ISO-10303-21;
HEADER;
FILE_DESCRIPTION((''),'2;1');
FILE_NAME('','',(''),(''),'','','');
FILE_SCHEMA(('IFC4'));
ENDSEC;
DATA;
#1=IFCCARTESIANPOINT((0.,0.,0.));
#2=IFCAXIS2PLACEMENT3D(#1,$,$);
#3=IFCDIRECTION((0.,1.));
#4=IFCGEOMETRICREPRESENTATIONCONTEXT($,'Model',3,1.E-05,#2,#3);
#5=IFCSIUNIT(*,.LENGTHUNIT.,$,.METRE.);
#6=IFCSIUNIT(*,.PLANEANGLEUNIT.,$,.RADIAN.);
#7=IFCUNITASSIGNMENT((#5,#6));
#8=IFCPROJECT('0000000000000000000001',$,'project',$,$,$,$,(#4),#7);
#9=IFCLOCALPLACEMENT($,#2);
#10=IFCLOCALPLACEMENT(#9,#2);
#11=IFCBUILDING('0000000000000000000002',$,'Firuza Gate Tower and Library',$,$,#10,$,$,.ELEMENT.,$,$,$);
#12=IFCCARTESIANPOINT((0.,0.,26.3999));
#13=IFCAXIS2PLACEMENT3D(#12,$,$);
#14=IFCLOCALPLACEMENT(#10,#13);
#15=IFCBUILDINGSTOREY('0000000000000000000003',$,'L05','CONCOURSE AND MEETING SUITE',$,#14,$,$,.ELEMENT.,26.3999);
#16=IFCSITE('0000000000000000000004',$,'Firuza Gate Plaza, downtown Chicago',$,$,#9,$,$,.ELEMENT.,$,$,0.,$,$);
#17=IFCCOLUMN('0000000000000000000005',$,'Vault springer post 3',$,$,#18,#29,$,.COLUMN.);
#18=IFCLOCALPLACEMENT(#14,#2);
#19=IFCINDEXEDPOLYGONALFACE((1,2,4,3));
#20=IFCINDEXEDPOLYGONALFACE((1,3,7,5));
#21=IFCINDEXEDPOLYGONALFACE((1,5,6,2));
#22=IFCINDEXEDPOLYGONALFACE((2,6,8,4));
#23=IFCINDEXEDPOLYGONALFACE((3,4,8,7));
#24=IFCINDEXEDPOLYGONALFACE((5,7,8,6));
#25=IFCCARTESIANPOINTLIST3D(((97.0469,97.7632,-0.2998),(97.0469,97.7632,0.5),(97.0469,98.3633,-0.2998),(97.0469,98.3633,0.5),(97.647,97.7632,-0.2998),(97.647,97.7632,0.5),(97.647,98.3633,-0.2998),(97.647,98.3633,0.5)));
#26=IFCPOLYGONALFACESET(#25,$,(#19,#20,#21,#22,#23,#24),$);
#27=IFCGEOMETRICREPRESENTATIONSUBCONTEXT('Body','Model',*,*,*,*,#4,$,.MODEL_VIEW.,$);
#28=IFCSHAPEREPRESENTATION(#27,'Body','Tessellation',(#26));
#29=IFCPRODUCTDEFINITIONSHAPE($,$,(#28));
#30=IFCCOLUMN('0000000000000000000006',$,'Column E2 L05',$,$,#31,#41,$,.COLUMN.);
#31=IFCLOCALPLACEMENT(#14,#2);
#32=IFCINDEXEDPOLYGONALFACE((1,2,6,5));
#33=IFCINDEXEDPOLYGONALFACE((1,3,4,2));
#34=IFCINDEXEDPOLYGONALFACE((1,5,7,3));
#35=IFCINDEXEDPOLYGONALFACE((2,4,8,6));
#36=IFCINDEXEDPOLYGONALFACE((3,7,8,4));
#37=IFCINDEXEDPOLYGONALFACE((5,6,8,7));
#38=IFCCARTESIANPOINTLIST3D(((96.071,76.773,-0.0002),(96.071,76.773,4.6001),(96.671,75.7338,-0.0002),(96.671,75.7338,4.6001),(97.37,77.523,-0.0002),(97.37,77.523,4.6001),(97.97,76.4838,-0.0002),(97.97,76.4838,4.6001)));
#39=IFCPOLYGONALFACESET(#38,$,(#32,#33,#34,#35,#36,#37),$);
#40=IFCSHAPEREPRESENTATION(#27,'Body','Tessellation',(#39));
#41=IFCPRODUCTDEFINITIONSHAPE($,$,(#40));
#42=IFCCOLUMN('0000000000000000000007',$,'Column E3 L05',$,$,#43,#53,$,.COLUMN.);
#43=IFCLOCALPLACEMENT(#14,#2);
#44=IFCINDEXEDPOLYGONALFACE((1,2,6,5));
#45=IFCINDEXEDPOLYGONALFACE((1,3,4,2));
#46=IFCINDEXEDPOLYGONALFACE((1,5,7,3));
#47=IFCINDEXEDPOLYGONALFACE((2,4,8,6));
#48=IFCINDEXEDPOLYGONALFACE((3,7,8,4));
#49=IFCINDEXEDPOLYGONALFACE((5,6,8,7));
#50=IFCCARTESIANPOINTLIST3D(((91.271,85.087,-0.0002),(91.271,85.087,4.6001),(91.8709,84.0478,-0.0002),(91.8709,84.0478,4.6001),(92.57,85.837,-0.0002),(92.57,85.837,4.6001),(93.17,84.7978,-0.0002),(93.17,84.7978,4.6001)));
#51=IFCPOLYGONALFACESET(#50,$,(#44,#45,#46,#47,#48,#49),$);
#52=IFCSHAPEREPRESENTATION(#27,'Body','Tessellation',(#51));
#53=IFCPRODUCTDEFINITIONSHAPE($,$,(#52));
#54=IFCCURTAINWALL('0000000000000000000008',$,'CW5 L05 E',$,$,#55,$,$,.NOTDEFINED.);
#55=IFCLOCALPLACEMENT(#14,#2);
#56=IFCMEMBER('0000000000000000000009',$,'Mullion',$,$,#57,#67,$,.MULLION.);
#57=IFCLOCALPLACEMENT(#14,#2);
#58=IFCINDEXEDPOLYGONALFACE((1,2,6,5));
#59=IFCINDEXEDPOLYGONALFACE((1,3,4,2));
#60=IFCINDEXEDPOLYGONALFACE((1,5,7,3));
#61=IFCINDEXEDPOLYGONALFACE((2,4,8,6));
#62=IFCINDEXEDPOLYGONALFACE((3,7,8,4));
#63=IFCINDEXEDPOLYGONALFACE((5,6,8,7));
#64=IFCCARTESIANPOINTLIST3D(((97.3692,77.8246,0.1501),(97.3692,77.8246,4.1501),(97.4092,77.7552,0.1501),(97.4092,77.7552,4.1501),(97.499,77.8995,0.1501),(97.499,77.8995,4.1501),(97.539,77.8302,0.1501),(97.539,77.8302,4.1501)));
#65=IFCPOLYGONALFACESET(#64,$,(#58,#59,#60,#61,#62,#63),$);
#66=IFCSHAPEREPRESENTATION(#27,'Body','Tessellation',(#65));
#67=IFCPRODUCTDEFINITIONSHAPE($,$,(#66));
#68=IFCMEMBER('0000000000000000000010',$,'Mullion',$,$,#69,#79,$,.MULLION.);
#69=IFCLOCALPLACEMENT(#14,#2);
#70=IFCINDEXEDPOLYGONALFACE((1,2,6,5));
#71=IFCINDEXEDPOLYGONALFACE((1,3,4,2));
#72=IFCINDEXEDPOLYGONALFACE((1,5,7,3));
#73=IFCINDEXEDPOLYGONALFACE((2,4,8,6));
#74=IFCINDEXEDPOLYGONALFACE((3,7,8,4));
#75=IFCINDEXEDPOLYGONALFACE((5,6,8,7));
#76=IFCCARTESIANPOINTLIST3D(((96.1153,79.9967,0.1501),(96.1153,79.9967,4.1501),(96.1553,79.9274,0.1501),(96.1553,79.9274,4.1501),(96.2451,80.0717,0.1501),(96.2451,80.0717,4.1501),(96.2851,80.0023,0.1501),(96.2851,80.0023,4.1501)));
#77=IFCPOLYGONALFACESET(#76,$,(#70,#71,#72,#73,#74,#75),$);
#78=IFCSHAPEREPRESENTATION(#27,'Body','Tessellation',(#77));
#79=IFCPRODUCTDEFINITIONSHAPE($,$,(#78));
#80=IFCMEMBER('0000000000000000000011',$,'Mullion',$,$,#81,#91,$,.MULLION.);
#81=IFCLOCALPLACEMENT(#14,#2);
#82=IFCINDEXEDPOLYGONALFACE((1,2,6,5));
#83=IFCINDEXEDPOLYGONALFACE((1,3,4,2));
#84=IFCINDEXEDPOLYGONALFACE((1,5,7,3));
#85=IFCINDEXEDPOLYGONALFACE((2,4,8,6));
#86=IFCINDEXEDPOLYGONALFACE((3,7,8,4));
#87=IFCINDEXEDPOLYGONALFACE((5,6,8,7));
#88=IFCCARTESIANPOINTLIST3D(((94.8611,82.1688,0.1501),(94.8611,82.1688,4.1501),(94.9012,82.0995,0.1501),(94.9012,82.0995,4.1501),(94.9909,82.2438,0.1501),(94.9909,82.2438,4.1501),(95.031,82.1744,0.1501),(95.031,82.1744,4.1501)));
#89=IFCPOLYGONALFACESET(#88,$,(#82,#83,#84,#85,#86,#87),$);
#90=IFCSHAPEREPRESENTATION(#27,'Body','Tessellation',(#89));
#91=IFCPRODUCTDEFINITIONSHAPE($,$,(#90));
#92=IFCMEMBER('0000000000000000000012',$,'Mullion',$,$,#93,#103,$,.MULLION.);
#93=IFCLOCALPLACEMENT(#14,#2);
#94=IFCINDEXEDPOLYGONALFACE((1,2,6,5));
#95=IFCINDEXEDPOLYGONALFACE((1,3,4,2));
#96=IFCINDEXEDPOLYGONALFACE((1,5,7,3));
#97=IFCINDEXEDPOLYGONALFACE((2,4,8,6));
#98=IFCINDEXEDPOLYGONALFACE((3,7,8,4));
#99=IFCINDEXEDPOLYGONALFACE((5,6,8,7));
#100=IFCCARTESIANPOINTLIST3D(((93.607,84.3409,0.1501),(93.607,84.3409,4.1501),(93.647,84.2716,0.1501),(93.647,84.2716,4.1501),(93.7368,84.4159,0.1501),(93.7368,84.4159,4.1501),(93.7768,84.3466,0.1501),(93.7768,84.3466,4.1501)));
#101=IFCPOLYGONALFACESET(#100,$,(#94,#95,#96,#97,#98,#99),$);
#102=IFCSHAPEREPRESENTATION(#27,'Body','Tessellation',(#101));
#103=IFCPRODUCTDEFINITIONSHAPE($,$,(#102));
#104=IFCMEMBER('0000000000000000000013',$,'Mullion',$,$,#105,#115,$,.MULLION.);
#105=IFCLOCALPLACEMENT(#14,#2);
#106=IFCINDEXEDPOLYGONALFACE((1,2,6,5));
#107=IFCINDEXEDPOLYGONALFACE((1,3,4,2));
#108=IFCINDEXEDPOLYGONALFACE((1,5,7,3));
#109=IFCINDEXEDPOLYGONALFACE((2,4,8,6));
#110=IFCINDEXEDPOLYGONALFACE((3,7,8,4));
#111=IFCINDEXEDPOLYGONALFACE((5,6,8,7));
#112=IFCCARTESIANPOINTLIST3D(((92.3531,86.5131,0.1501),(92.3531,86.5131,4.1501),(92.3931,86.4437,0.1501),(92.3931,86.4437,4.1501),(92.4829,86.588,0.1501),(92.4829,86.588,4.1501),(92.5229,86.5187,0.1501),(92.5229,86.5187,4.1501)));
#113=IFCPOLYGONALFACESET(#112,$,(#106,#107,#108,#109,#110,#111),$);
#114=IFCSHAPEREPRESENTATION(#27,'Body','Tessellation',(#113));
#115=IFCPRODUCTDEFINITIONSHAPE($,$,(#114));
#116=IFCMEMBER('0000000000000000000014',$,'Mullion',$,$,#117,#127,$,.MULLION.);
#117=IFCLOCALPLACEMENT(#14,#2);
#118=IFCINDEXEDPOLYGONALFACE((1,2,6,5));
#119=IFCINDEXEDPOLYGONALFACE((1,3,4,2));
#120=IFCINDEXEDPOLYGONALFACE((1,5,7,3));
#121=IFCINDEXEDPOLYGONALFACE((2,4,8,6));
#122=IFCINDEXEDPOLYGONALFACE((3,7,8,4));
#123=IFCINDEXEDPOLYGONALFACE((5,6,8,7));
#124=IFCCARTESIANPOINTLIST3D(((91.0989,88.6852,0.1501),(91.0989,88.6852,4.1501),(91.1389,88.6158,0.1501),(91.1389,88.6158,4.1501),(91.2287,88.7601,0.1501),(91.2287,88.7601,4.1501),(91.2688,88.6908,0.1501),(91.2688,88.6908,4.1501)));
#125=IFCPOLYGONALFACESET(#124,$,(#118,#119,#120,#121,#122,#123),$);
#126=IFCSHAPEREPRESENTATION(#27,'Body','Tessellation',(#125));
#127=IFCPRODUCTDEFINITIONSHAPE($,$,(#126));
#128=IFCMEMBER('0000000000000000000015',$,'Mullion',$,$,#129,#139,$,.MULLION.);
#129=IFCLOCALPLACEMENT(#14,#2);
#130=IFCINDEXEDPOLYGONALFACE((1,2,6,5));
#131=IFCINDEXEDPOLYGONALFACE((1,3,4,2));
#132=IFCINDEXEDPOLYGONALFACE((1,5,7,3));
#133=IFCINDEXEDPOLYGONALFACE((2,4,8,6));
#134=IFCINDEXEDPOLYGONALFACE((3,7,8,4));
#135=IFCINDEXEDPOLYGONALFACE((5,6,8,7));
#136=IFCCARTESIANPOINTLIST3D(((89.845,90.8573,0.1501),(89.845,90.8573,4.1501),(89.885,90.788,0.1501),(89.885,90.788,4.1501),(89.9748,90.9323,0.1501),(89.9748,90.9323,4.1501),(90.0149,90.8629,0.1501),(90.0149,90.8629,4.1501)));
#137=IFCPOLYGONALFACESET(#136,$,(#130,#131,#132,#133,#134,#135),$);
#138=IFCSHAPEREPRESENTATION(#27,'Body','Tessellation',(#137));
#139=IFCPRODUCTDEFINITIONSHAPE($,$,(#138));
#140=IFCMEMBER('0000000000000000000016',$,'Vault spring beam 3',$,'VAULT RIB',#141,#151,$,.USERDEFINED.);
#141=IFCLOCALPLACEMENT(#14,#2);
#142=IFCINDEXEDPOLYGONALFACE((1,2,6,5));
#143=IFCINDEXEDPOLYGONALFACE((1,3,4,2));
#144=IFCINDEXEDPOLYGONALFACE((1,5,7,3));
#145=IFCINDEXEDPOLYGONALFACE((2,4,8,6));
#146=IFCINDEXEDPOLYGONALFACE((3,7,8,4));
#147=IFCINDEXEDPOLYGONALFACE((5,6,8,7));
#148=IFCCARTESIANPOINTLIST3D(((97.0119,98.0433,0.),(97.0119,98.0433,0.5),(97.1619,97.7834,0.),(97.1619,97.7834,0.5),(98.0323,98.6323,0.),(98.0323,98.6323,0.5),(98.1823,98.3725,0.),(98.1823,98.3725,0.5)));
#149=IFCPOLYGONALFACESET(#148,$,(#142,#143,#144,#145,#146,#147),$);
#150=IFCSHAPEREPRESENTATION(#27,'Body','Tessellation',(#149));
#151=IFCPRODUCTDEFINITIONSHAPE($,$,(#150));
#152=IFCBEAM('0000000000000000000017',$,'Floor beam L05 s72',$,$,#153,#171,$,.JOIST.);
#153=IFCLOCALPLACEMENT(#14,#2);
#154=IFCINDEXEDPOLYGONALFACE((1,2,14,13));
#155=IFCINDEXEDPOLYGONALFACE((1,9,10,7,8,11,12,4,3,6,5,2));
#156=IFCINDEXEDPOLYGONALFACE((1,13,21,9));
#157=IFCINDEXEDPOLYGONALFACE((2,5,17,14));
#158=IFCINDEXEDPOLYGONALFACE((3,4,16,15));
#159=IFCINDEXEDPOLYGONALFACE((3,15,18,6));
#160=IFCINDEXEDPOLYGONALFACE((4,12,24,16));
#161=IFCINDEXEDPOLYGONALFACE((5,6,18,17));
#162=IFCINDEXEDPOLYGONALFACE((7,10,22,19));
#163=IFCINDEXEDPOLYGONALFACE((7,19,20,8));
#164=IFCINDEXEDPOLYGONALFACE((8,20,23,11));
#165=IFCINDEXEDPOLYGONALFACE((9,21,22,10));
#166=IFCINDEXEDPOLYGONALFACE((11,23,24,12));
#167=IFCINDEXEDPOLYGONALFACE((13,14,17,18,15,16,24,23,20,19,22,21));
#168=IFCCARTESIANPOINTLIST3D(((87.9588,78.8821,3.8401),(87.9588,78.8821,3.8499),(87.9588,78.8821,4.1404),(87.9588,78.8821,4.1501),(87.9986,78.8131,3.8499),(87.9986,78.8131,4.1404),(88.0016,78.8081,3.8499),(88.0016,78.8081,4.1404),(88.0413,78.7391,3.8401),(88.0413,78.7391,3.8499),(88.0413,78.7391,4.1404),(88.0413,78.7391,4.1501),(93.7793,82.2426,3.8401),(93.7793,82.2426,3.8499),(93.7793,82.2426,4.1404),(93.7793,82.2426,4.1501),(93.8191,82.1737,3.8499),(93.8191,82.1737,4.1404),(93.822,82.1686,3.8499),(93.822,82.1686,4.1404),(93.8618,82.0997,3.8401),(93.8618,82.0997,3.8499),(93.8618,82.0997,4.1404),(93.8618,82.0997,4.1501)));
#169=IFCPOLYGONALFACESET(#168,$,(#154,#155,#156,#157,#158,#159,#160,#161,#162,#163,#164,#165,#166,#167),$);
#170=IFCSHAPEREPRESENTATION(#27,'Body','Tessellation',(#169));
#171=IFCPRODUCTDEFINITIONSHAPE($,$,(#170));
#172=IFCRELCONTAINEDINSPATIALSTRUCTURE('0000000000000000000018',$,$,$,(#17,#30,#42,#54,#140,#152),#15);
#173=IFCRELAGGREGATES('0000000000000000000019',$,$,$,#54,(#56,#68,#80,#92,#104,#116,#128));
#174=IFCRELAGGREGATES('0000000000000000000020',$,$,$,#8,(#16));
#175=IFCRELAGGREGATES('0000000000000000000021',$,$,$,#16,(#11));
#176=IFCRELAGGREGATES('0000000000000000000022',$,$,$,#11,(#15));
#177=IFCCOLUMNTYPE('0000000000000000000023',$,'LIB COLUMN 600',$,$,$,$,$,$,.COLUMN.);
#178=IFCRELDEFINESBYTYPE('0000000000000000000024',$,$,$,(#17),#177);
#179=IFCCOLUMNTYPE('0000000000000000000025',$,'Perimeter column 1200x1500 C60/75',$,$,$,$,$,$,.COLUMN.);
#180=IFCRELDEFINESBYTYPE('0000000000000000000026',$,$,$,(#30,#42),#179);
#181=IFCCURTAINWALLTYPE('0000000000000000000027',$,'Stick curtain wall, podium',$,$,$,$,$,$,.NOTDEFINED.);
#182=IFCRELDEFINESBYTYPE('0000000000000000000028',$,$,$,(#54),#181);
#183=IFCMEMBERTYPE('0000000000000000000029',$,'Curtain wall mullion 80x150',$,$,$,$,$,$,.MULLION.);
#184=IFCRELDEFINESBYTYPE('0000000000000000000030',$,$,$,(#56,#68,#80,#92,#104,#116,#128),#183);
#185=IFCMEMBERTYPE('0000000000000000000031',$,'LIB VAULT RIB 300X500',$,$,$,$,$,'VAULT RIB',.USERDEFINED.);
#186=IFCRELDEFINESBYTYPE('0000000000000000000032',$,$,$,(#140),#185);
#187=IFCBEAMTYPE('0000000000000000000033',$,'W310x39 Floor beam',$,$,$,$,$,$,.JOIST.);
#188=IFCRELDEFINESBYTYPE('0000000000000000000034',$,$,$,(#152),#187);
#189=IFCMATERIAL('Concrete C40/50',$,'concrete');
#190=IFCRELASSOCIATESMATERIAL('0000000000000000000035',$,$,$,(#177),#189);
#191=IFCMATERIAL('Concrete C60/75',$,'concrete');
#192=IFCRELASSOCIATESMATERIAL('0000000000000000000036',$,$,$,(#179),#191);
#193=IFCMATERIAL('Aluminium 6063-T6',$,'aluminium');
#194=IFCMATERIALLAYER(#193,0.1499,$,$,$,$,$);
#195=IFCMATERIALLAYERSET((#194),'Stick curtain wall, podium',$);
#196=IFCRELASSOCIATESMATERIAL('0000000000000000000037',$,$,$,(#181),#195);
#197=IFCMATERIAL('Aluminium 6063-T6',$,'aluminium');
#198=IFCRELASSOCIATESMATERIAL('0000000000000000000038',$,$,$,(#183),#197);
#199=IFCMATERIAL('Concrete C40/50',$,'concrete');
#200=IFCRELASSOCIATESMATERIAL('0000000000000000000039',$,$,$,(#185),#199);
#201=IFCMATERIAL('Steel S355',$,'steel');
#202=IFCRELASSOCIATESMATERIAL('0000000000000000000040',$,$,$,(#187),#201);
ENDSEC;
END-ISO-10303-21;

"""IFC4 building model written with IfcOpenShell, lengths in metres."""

from ifc_helpers import new_model, si_unit, direction, frame, origin, origin_2d, place, context, subcontext, project, spatial, rectangle, i_section, extrude, material, layer, layer_set, material_profile, profile_set, type_object, element, aggregate, save


model = new_model("IFC4")

# Units and contexts
model_context = context("Model", 3, precision=1e-05, world=origin(), true_north=direction((0.0, 1.0)))
body_context = subcontext(model_context, "Body", "Model", "MODEL_VIEW")
ifc_project = project(units=[si_unit("LENGTHUNIT", "METRE"), si_unit("PLANEANGLEUNIT", "RADIAN")], contexts=[model_context])

# Site, building, storey
site_placement = place(None, origin())
site = spatial("IfcSite", under=ifc_project, at=site_placement, Name="Firuza Gate Plaza, downtown Chicago", CompositionType="ELEMENT", RefElevation=0.0)
building_placement = place(site_placement, origin())
building = spatial("IfcBuilding", under=site, at=building_placement, Name="Firuza Gate Tower and Library", CompositionType="ELEMENT")
storey_placement = place(building_placement, frame((0.0, 0.0, 26.3999)))
storey = spatial("IfcBuildingStorey", under=building, at=storey_placement, Name="L05", Description="CONCOURSE AND MEETING SUITE", CompositionType="ELEMENT", Elevation=26.3999)

# Columns
ifc_material_1 = material(Name="Concrete C40/50", Category="concrete")
ifc_material_profile_1 = material_profile(ifc_material_1, rectangle(XDim=0.6001, YDim=0.6001, at=origin_2d()))
ifc_profile_set_1 = profile_set([ifc_material_profile_1], Name="Concrete C40/50")
column_type_1 = type_object("IfcColumnType", Name="LIB COLUMN 600", PredefinedType="COLUMN", material=ifc_profile_set_1)
column_placement = place(storey_placement, frame((97.3469, 98.0632, -0.2998), z_axis=(0.0, 0.0, 1.0), x_axis=(1.0, 0.0, 0.0)))
element("IfcColumn", 1, at=column_placement, inside=storey, type_object=column_type_1, Name="Vault springer post 3", PredefinedType="COLUMN", context=body_context, shape_type="SweptSolid", body=[
    extrude(rectangle(XDim=0.6001, YDim=0.6001, at=origin_2d()), origin(), (0.0, 0.0, 1.0), 0.7998),
])
ifc_material_2 = material(Name="Concrete C60/75", Category="concrete")
ifc_material_profile_2 = material_profile(ifc_material_2, rectangle(XDim=1.2, YDim=1.5, at=origin_2d()))
ifc_profile_set_2 = profile_set([ifc_material_profile_2], Name="Concrete C60/75")
column_type_2 = type_object("IfcColumnType", Name="Perimeter column 1200x1500 C60/75", PredefinedType="COLUMN", material=ifc_profile_set_2)
for number, where, z_axis, x_axis, name in (
    (2, (97.0205, 76.6284, -0.0002), (0.0, 0.0, 1.0), (-0.5, 0.866025, 0.0), "Column E2 L05"),
    (3, (92.2205, 84.9424, -0.0002), (0.0, 0.0, 1.0), (-0.5, 0.866025, 0.0), "Column E3 L05"),
):
    element("IfcColumn", number, at=place(storey_placement, frame(where, z_axis=z_axis, x_axis=x_axis)), inside=storey, type_object=column_type_2, Name=name, PredefinedType="COLUMN", context=body_context, shape_type="SweptSolid", body=[
        extrude(rectangle(XDim=1.2, YDim=1.5, at=origin_2d()), origin(), (0.0, 0.0, 1.0), 4.6003),
    ])

# Curtain wall, members
ifc_material_3 = material(Name="Aluminium 6063-T6", Category="aluminium")
ifc_layer_1 = layer(ifc_material_3, 0.1499)
ifc_layer_set_1 = layer_set([ifc_layer_1], Name="Stick curtain wall, podium")
curtain_wall_type = type_object("IfcCurtainWallType", Name="Stick curtain wall, podium", PredefinedType="NOTDEFINED", material=ifc_layer_set_1)
curtain_wall_placement = place(storey_placement, origin())
curtain_wall = element("IfcCurtainWall", 4, at=curtain_wall_placement, inside=storey, type_object=curtain_wall_type, Name="CW5 L05 E", PredefinedType="NOTDEFINED")
ifc_material_4 = material(Name="Aluminium 6063-T6", Category="aluminium")
ifc_material_profile_3 = material_profile(ifc_material_4, rectangle(XDim=0.1499, YDim=0.0801, at=origin_2d()))
ifc_profile_set_3 = profile_set([ifc_material_profile_3], Name="Aluminium 6063-T6")
member_type_1 = type_object("IfcMemberType", Name="Curtain wall mullion 80x150", PredefinedType="MULLION", material=ifc_profile_set_3)
member_1_placement = place(storey_placement, frame((97.4541, 77.8274, 0.1501), z_axis=(0.0, 0.0, 1.0), x_axis=(-0.866025, -0.5, 0.0)))
member_1 = element("IfcMember", 5, at=member_1_placement, type_object=member_type_1, Name="Mullion", PredefinedType="MULLION", context=body_context, shape_type="SweptSolid", body=[
    extrude(rectangle(XDim=0.1499, YDim=0.0801, at=origin_2d()), origin(), (0.0, 0.0, 1.0), 4.0),
])
member_2_placement = place(storey_placement, frame((96.2002, 79.9995, 0.1501), z_axis=(0.0, 0.0, 1.0), x_axis=(-0.866025, -0.5, 0.0)))
member_2 = element("IfcMember", 6, at=member_2_placement, type_object=member_type_1, Name="Mullion", PredefinedType="MULLION", context=body_context, shape_type="SweptSolid", body=[
    extrude(rectangle(XDim=0.1499, YDim=0.0801, at=origin_2d()), origin(), (0.0, 0.0, 1.0), 4.0),
])
member_3_placement = place(storey_placement, frame((94.946, 82.1716, 0.1501), z_axis=(0.0, 0.0, 1.0), x_axis=(-0.866025, -0.5, 0.0)))
member_3 = element("IfcMember", 7, at=member_3_placement, type_object=member_type_1, Name="Mullion", PredefinedType="MULLION", context=body_context, shape_type="SweptSolid", body=[
    extrude(rectangle(XDim=0.1499, YDim=0.0801, at=origin_2d()), origin(), (0.0, 0.0, 1.0), 4.0),
])
member_4_placement = place(storey_placement, frame((93.6919, 84.3438, 0.1501), z_axis=(0.0, 0.0, 1.0), x_axis=(-0.866025, -0.5, 0.0)))
member_4 = element("IfcMember", 8, at=member_4_placement, type_object=member_type_1, Name="Mullion", PredefinedType="MULLION", context=body_context, shape_type="SweptSolid", body=[
    extrude(rectangle(XDim=0.1499, YDim=0.0801, at=origin_2d()), origin(), (0.0, 0.0, 1.0), 4.0),
])
member_5_placement = place(storey_placement, frame((92.438, 86.5159, 0.1501), z_axis=(0.0, 0.0, 1.0), x_axis=(-0.866025, -0.5, 0.0)))
member_5 = element("IfcMember", 9, at=member_5_placement, type_object=member_type_1, Name="Mullion", PredefinedType="MULLION", context=body_context, shape_type="SweptSolid", body=[
    extrude(rectangle(XDim=0.1499, YDim=0.0801, at=origin_2d()), origin(), (0.0, 0.0, 1.0), 4.0),
])
member_6_placement = place(storey_placement, frame((91.1838, 88.688, 0.1501), z_axis=(0.0, 0.0, 1.0), x_axis=(-0.866025, -0.5, 0.0)))
member_6 = element("IfcMember", 10, at=member_6_placement, type_object=member_type_1, Name="Mullion", PredefinedType="MULLION", context=body_context, shape_type="SweptSolid", body=[
    extrude(rectangle(XDim=0.1499, YDim=0.0801, at=origin_2d()), origin(), (0.0, 0.0, 1.0), 4.0),
])
member_7_placement = place(storey_placement, frame((89.9299, 90.8601, 0.1501), z_axis=(0.0, 0.0, 1.0), x_axis=(-0.866025, -0.5, 0.0)))
member_7 = element("IfcMember", 11, at=member_7_placement, type_object=member_type_1, Name="Mullion", PredefinedType="MULLION", context=body_context, shape_type="SweptSolid", body=[
    extrude(rectangle(XDim=0.1499, YDim=0.0801, at=origin_2d()), origin(), (0.0, 0.0, 1.0), 4.0),
])

# Member
ifc_material_5 = material(Name="Concrete C40/50", Category="concrete")
ifc_material_profile_4 = material_profile(ifc_material_5, rectangle(XDim=0.3, YDim=0.5, at=origin_2d()))
ifc_profile_set_4 = profile_set([ifc_material_profile_4], Name="Concrete C40/50")
member_type_2 = type_object("IfcMemberType", Name="LIB VAULT RIB 300X500", ElementType="VAULT RIB", PredefinedType="USERDEFINED", material=ifc_profile_set_4)
member_8_placement = place(storey_placement, frame((97.0869, 97.9133, 0.25), z_axis=(0.866054, 0.49995, 0.0), x_axis=(-0.49995, 0.866054, 0.0)))
element("IfcMember", 12, at=member_8_placement, inside=storey, type_object=member_type_2, Name="Vault spring beam 3", ObjectType="VAULT RIB", PredefinedType="USERDEFINED", context=body_context, shape_type="SweptSolid", body=[
    extrude(rectangle(XDim=0.3, YDim=0.5, at=origin_2d()), origin(), (0.0, 0.0, 1.0), 1.1782),
])

# Beam
ifc_material_6 = material(Name="Steel S355", Category="steel")
ifc_material_profile_5 = material_profile(ifc_material_6, i_section(OverallWidth=0.165, OverallDepth=0.3101, WebThickness=0.0059, FlangeThickness=0.0098, at=origin_2d()))
ifc_profile_set_5 = profile_set([ifc_material_profile_5], Name="Steel S355")
beam_type_1 = type_object("IfcBeamType", Name="W310x39 Floor beam", PredefinedType="JOIST", material=ifc_profile_set_5)
beam_1_placement = place(storey_placement, frame((93.8206, 82.1711, 3.9951), z_axis=(-0.866019, -0.500011, 0.0), x_axis=(0.500011, -0.866019, 0.0)))
element("IfcBeam", 13, at=beam_1_placement, inside=storey, type_object=beam_type_1, Name="Floor beam L05 s72", PredefinedType="JOIST", context=body_context, shape_type="SweptSolid", body=[
    extrude(i_section(OverallWidth=0.165, OverallDepth=0.3101, WebThickness=0.0059, FlangeThickness=0.0098, at=origin_2d()), origin(), (0.0, 0.0, 1.0), 6.7209),
])

aggregate(curtain_wall, [member_1, member_2, member_3, member_4, member_5, member_6, member_7])

save(model, "model.ifc")
